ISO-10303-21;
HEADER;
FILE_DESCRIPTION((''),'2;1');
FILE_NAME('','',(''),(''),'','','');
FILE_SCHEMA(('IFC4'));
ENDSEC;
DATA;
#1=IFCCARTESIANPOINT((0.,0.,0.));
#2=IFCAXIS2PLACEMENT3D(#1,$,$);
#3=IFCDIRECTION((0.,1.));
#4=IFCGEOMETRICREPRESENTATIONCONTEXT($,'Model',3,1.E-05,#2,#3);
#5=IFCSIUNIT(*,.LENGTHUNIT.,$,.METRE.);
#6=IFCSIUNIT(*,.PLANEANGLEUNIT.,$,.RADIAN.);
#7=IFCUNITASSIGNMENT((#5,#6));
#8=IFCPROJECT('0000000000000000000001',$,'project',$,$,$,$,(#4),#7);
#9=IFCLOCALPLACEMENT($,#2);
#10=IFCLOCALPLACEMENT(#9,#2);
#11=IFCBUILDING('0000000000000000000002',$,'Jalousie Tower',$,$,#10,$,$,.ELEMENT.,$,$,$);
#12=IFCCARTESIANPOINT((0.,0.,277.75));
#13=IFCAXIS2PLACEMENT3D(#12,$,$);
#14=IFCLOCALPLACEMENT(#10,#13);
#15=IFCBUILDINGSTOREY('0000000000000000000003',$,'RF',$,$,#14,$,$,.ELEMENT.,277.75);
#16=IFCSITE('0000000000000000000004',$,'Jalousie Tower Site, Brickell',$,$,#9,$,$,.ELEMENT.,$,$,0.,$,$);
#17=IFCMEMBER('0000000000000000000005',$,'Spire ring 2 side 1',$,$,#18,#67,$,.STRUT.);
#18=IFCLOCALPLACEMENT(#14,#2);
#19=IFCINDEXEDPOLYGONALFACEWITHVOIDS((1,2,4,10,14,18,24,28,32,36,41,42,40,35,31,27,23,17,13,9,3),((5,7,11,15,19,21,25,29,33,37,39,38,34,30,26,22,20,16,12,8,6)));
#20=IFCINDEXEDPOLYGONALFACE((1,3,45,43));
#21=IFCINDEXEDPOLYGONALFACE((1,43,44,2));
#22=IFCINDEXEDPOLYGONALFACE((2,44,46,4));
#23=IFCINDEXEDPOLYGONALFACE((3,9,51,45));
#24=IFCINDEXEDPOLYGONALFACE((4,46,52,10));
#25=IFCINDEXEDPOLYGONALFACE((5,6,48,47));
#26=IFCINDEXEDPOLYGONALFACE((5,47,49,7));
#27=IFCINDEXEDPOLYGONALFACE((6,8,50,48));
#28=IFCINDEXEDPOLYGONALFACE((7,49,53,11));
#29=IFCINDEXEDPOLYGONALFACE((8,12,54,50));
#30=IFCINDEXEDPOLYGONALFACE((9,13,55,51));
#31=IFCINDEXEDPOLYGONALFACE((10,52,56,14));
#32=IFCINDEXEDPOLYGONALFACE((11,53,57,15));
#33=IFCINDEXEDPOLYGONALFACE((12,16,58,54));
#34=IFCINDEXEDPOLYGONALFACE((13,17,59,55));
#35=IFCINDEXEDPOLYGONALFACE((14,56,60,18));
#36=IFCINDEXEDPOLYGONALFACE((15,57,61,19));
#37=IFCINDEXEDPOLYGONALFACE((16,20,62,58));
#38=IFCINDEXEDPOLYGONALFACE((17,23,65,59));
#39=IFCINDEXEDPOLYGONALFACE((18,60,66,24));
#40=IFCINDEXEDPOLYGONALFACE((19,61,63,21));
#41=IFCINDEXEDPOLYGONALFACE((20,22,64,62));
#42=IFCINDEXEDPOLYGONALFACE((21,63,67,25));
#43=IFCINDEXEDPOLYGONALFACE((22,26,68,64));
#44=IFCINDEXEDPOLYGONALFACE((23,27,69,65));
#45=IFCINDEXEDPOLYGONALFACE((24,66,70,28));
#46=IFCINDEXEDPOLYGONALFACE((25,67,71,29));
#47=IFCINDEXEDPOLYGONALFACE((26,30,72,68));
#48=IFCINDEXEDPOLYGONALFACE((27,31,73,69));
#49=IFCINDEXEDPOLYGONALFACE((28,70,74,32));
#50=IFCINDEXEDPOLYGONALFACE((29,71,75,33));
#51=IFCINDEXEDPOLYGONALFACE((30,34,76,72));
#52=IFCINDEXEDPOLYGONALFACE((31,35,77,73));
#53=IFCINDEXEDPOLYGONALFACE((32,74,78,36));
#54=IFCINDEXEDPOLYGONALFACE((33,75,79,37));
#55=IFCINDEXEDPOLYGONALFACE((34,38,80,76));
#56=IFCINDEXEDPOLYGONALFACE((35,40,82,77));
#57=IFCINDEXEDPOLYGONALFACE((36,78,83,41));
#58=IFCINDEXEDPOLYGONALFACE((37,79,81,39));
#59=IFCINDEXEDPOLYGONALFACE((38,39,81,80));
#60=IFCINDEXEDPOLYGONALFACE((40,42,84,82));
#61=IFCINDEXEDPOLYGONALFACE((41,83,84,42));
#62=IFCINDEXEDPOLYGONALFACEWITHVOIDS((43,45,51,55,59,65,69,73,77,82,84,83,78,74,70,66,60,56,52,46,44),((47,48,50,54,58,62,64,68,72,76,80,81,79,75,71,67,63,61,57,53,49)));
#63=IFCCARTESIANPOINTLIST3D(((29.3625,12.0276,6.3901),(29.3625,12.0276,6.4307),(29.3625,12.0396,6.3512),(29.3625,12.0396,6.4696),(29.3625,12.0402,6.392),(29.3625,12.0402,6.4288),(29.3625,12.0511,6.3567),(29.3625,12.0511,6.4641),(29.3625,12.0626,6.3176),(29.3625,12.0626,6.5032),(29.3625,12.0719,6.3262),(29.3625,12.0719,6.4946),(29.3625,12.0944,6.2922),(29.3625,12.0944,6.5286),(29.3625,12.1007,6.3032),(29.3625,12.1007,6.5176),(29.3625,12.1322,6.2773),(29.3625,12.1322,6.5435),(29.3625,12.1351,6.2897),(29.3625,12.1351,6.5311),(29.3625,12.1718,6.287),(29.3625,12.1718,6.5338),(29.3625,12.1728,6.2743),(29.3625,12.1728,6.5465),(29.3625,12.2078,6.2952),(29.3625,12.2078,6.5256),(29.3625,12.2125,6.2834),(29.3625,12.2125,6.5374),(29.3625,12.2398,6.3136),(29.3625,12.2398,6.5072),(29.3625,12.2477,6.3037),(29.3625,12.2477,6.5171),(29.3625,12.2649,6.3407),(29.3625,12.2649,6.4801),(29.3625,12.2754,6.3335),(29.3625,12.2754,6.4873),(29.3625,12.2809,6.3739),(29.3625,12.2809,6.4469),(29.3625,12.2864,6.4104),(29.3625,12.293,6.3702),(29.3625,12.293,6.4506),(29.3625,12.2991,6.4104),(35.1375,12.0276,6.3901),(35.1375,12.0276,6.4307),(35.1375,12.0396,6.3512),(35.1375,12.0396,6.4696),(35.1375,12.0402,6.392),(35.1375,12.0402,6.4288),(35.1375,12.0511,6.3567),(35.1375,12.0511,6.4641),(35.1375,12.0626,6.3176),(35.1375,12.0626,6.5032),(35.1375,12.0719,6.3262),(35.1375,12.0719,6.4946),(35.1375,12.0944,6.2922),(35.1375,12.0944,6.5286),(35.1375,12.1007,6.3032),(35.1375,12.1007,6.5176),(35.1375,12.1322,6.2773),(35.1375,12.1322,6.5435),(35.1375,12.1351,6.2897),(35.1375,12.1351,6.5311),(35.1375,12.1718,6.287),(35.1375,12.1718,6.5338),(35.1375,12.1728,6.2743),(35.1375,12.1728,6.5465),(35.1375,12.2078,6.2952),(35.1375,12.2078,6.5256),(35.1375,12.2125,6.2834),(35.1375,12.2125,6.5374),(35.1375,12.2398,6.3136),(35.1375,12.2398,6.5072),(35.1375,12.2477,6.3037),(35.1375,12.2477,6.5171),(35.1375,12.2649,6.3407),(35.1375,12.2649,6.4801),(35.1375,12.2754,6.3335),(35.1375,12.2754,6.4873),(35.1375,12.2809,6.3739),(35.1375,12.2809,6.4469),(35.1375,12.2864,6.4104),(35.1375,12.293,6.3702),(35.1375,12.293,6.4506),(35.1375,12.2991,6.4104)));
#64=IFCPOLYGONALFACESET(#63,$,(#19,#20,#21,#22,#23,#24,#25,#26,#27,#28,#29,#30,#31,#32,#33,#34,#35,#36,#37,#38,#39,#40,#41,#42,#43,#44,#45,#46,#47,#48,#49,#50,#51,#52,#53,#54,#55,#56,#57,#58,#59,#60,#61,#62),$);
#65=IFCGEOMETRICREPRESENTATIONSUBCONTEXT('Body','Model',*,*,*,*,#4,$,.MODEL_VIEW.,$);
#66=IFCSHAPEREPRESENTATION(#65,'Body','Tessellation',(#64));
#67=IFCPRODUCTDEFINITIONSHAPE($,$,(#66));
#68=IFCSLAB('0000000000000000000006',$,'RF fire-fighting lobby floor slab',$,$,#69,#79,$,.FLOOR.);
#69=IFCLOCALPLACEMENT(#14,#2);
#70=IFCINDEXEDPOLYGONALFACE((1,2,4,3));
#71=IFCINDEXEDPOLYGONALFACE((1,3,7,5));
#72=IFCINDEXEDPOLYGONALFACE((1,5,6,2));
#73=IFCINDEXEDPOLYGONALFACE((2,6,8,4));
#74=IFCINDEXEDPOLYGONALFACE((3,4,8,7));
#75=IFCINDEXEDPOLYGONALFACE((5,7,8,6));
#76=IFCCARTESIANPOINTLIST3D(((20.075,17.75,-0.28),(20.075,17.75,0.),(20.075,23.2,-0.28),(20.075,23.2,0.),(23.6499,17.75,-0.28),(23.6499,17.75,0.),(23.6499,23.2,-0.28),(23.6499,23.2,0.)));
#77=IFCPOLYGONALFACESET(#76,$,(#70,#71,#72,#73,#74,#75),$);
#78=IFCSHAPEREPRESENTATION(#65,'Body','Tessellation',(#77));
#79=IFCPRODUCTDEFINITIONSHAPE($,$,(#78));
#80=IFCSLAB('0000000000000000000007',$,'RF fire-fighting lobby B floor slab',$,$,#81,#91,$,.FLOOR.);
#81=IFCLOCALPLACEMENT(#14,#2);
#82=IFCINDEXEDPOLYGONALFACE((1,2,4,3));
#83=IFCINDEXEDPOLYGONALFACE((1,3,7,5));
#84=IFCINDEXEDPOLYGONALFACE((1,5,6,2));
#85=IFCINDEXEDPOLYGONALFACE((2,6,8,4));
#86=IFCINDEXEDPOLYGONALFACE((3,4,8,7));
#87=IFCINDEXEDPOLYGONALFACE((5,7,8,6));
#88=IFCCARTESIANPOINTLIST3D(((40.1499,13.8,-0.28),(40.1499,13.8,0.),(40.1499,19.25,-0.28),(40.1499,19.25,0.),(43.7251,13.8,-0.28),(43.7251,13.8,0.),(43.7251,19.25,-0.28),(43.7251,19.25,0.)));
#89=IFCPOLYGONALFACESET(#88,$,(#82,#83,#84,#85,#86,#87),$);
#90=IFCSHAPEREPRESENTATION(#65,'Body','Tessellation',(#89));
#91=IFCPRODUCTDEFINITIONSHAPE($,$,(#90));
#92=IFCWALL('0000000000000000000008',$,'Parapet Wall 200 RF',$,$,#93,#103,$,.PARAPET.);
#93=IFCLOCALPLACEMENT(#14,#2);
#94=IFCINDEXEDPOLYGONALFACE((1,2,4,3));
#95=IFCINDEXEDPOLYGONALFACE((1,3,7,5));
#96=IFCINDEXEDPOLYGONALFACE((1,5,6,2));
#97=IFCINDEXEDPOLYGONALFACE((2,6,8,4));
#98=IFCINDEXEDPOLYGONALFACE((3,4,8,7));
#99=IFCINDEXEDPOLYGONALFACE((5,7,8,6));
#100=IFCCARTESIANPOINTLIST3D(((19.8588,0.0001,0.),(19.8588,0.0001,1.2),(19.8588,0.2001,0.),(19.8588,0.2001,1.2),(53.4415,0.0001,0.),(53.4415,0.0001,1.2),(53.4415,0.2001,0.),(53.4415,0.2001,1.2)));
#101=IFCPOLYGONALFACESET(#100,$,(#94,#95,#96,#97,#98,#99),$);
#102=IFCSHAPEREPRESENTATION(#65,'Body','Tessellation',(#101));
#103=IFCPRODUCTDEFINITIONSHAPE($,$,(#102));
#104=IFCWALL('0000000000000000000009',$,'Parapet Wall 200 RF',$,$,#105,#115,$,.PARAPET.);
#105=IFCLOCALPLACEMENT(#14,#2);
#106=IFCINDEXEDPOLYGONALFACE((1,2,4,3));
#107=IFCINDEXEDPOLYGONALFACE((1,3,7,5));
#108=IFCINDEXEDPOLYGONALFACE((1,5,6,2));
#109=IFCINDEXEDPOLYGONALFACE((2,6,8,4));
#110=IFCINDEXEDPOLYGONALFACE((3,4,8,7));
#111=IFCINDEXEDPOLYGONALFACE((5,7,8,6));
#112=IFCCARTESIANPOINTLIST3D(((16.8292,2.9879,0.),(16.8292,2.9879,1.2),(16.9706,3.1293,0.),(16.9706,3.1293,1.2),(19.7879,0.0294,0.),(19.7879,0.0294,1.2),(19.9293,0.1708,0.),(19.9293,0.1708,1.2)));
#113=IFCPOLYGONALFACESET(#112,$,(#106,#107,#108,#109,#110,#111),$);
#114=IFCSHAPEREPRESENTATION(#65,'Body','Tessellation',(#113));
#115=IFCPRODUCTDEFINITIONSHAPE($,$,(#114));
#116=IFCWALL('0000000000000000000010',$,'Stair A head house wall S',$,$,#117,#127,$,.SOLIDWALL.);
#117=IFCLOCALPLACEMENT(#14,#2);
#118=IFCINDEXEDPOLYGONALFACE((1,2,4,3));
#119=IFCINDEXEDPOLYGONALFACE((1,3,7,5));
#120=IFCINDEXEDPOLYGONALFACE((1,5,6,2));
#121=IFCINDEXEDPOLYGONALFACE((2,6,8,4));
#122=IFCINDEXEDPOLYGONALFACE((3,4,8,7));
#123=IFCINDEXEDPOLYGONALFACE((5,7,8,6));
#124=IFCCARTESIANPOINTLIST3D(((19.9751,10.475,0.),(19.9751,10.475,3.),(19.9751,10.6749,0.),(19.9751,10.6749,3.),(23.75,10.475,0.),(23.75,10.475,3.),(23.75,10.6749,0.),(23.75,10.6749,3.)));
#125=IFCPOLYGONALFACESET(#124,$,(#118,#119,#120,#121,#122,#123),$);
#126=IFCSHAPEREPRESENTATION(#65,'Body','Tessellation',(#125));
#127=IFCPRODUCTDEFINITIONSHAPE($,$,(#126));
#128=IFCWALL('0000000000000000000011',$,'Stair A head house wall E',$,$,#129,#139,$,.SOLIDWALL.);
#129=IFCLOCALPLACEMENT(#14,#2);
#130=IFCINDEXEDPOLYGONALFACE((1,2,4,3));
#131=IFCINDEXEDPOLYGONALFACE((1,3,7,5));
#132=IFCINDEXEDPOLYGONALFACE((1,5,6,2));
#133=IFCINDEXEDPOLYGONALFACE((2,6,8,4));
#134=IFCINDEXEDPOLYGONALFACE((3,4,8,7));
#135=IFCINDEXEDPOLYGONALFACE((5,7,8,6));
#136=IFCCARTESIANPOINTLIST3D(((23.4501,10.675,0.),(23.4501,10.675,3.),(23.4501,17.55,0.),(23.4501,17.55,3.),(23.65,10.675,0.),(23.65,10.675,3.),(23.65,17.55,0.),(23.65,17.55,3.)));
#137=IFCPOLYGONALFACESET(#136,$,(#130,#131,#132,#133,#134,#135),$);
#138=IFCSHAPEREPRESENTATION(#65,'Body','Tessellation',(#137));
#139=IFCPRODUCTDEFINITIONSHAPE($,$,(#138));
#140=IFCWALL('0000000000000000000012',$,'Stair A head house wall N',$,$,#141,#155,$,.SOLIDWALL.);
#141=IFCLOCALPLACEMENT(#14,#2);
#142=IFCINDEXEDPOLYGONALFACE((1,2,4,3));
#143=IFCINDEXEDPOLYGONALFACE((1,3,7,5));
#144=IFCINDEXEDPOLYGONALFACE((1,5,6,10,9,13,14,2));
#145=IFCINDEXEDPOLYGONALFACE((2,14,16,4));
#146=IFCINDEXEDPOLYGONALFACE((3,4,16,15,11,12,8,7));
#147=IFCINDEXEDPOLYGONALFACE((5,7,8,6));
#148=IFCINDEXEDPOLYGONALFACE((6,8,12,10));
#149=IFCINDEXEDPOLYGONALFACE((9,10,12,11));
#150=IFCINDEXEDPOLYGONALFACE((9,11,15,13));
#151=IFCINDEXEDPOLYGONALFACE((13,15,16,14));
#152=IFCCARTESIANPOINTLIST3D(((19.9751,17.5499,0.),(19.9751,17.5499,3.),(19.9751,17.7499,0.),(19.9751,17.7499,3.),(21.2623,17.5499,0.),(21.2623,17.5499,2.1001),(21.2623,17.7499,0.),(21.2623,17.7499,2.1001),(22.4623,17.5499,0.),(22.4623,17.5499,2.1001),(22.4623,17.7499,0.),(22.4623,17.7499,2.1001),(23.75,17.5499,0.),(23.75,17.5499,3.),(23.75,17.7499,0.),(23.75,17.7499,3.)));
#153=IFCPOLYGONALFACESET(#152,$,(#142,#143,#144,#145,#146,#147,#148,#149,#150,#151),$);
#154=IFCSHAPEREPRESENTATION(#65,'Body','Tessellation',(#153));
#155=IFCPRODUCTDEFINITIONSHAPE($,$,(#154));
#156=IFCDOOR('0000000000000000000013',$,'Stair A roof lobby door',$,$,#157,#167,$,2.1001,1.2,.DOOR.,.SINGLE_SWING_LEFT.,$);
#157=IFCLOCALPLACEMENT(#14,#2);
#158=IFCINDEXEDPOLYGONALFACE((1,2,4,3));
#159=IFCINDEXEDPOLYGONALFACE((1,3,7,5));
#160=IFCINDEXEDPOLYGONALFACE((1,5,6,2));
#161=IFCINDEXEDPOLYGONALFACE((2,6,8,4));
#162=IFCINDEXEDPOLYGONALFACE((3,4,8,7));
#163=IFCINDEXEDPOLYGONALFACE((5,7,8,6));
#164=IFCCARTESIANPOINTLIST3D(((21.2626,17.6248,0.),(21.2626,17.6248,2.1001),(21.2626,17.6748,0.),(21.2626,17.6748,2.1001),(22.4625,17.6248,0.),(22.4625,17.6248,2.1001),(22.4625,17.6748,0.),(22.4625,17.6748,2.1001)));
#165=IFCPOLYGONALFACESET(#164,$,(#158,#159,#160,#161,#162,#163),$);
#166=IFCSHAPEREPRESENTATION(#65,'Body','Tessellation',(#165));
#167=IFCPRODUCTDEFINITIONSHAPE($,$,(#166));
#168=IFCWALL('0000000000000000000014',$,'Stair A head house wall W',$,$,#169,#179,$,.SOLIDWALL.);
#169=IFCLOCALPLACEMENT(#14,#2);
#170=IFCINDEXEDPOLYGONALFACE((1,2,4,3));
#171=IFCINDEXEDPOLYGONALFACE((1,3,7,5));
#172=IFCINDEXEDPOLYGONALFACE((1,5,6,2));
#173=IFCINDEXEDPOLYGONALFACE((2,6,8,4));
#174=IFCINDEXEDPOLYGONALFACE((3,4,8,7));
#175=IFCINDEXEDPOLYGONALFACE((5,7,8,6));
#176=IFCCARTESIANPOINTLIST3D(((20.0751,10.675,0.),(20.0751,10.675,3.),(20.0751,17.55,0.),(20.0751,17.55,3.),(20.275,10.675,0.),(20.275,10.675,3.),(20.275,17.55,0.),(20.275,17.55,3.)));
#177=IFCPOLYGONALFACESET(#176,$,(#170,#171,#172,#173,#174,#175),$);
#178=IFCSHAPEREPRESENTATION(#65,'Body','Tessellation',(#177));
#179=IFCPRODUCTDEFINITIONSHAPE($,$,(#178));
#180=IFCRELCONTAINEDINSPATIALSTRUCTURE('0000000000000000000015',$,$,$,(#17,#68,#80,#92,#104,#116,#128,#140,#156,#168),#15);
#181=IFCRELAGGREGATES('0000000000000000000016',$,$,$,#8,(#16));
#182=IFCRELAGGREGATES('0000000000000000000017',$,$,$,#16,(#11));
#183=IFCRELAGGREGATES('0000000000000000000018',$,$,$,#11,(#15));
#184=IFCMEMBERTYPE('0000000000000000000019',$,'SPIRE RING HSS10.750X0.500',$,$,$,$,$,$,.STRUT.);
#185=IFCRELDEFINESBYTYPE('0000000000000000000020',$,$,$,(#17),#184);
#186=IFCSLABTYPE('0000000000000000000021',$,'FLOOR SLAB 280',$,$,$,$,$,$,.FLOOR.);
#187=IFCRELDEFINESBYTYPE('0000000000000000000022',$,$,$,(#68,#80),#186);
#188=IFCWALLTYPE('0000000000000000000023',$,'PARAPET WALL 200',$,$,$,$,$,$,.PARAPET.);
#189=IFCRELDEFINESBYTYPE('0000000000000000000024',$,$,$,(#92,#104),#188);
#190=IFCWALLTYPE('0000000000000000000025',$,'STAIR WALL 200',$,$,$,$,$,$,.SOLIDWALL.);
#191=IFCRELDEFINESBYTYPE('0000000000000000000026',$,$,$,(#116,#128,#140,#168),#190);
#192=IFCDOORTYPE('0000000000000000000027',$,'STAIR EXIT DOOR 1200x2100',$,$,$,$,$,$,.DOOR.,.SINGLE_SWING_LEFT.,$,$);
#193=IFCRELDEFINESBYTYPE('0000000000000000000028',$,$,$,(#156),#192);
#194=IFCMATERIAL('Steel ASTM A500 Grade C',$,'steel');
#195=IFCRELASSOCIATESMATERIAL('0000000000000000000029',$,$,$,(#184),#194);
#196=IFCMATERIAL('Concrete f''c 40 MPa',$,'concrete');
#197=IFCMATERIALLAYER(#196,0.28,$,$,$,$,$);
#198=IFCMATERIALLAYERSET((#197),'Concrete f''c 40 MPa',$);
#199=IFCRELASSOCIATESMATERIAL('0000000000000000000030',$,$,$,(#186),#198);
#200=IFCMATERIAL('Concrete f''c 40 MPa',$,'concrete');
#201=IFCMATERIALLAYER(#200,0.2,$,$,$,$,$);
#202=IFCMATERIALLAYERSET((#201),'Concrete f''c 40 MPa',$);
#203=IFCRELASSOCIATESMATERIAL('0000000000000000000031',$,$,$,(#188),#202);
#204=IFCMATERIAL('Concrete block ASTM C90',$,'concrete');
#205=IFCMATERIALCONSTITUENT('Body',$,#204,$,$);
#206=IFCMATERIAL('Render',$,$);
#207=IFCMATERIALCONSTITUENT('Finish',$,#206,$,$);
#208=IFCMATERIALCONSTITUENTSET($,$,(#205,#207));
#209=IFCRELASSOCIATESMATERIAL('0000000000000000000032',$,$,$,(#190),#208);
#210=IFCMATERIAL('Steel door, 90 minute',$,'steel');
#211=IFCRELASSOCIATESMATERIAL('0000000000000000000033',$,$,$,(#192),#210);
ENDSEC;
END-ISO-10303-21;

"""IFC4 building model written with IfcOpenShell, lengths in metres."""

from ifc_helpers import new_model, si_unit, direction, frame, frame_2d, origin, origin_2d, place, context, subcontext, project, spatial, polyline, rectangle, hollow_circle, outline, extrude, material, layer, layer_set, constituent, constituent_set, material_profile, profile_set, type_object, element, fill, save


model = new_model("IFC4")

# Units and contexts
model_context = context("Model", 3, precision=1e-05, world=origin(), true_north=direction((0.0, 1.0)))
body_context = subcontext(model_context, "Body", "Model", "MODEL_VIEW")
ifc_project = project(units=[si_unit("LENGTHUNIT", "METRE"), si_unit("PLANEANGLEUNIT", "RADIAN")], contexts=[model_context])

# Site, building, storey
site_placement = place(None, origin())
site = spatial("IfcSite", under=ifc_project, at=site_placement, Name="Jalousie Tower Site, Brickell", CompositionType="ELEMENT", RefElevation=0.0)
building_placement = place(site_placement, origin())
building = spatial("IfcBuilding", under=site, at=building_placement, Name="Jalousie Tower", CompositionType="ELEMENT")
storey_placement = place(building_placement, frame((0.0, 0.0, 277.75)))
storey = spatial("IfcBuildingStorey", under=building, at=storey_placement, Name="RF", CompositionType="ELEMENT", Elevation=277.75)

# Member
ifc_material_1 = material(Name="Steel ASTM A500 Grade C", Category="steel")
ifc_material_profile_1 = material_profile(ifc_material_1, hollow_circle(Radius=0.1365, WallThickness=0.0127, at=origin_2d()), Name="HSS10.750X0.500")
ifc_profile_set_1 = profile_set([ifc_material_profile_1], Name="Steel ASTM A500 Grade C")
member_type_1 = type_object("IfcMemberType", Name="SPIRE RING HSS10.750X0.500", PredefinedType="STRUT", material=ifc_profile_set_1)
member_1_placement = place(storey_placement, frame((29.3625, 12.1626, 6.4104), z_axis=(1.0, 0.0, 0.0), x_axis=(0.0, 1.0, 0.0)))
element("IfcMember", 1, at=member_1_placement, inside=storey, type_object=member_type_1, Name="Spire ring 2 side 1", PredefinedType="STRUT", context=body_context, shape_type="SweptSolid", body=[
    extrude(hollow_circle(Radius=0.1365, WallThickness=0.0127, at=origin_2d()), origin(), (0.0, 0.0, 1.0), 5.7749),
])

# Slabs
ifc_material_2 = material(Name="Concrete f'c 40 MPa", Category="concrete")
ifc_layer_1 = layer(ifc_material_2, 0.28)
ifc_layer_set_1 = layer_set([ifc_layer_1], Name="Concrete f'c 40 MPa")
slab_type_1 = type_object("IfcSlabType", Name="FLOOR SLAB 280", PredefinedType="FLOOR", material=ifc_layer_set_1)
slab_1_placement = place(storey_placement, frame((0.0, 0.0, -0.28)))
element("IfcSlab", 2, at=slab_1_placement, inside=storey, type_object=slab_type_1, Name="RF fire-fighting lobby floor slab", PredefinedType="FLOOR", context=body_context, shape_type="SweptSolid", body=[
    extrude(outline(polyline([(20.075, 17.75), (23.6499, 17.75), (23.6499, 23.2), (20.075, 23.2), (20.075, 17.75)])), origin(), (0.0, 0.0, 1.0), 0.28),
])
slab_2_placement = place(storey_placement, frame((0.0, 0.0, -0.28)))
element("IfcSlab", 3, at=slab_2_placement, inside=storey, type_object=slab_type_1, Name="RF fire-fighting lobby B floor slab", PredefinedType="FLOOR", context=body_context, shape_type="SweptSolid", body=[
    extrude(outline(polyline([(40.1499, 13.8), (43.7251, 13.8), (43.7251, 19.25), (40.1499, 19.25), (40.1499, 13.8)])), origin(), (0.0, 0.0, 1.0), 0.28),
])

# Walls
ifc_material_3 = material(Name="Concrete f'c 40 MPa", Category="concrete")
ifc_layer_2 = layer(ifc_material_3, 0.2)
ifc_layer_set_2 = layer_set([ifc_layer_2], Name="Concrete f'c 40 MPa")
wall_type_1 = type_object("IfcWallType", Name="PARAPET WALL 200", PredefinedType="PARAPET", material=ifc_layer_set_2)
wall_1_placement = place(storey_placement, frame((19.8586, 0.1001, 0.0), z_axis=(0.0, 0.0, 1.0), x_axis=(1.0, 0.0, 0.0)))
element("IfcWall", 4, at=wall_1_placement, inside=storey, type_object=wall_type_1, Name="Parapet Wall 200 RF", PredefinedType="PARAPET", context=body_context, shape_type="SweptSolid", body=[
    extrude(rectangle(XDim=33.5828, YDim=0.2, at=frame_2d((16.7915, 0.0))), origin(), (0.0, 0.0, 1.0), 1.2),
])
wall_2_placement = place(storey_placement, frame((16.8999, 3.0586, 0.0), z_axis=(0.0, 0.0, 1.0), x_axis=(0.707136, -0.707078, 0.0)))
element("IfcWall", 5, at=wall_2_placement, inside=storey, type_object=wall_type_1, Name="Parapet Wall 200 RF", PredefinedType="PARAPET", context=body_context, shape_type="SweptSolid", body=[
    extrude(rectangle(XDim=4.1841, YDim=0.2, at=frame_2d((2.092, 0.0))), origin(), (0.0, 0.0, 1.0), 1.2),
])
ifc_material_4 = material(Name="Concrete block ASTM C90", Category="concrete")
ifc_constituent_1 = constituent(ifc_material_4, Name="Body")
ifc_material_5 = material(Name="Render")
ifc_constituent_2 = constituent(ifc_material_5, Name="Finish")
ifc_constituent_set = constituent_set(constituents=[ifc_constituent_1, ifc_constituent_2])
wall_type_2 = type_object("IfcWallType", Name="STAIR WALL 200", PredefinedType="SOLIDWALL", material=ifc_constituent_set)
wall_3_placement = place(storey_placement, frame((19.9751, 10.575, 0.0), z_axis=(0.0, 0.0, 1.0), x_axis=(1.0, 0.0, 0.0)))
element("IfcWall", 6, at=wall_3_placement, inside=storey, type_object=wall_type_2, Name="Stair A head house wall S", PredefinedType="SOLIDWALL", context=body_context, shape_type="SweptSolid", body=[
    extrude(rectangle(XDim=3.7749, YDim=0.2, at=frame_2d((1.8875, 0.0))), origin(), (0.0, 0.0, 1.0), 3.0),
])
wall_4_placement = place(storey_placement, frame((23.55, 10.675, 0.0), z_axis=(0.0, 0.0, 1.0), x_axis=(0.0, 1.0, 0.0)))
element("IfcWall", 7, at=wall_4_placement, inside=storey, type_object=wall_type_2, Name="Stair A head house wall E", PredefinedType="SOLIDWALL", context=body_context, shape_type="SweptSolid", body=[
    extrude(rectangle(XDim=6.875, YDim=0.2, at=frame_2d((3.4375, 0.0))), origin(), (0.0, 0.0, 1.0), 3.0),
])

# Wall, opening, door
wall_5_placement = place(storey_placement, frame((23.75, 17.6499, 0.0), z_axis=(0.0, 0.0, 1.0), x_axis=(-1.0, 0.0, 0.0)))
wall_5 = element("IfcWall", 8, at=wall_5_placement, inside=storey, type_object=wall_type_2, Name="Stair A head house wall N", PredefinedType="SOLIDWALL", context=body_context, shape_type="SweptSolid", body=[
    extrude(rectangle(XDim=3.7749, YDim=0.2, at=frame_2d((1.8875, 0.0))), origin(), (0.0, 0.0, 1.0), 3.0),
])
opening_1_placement = place(wall_5_placement, frame((1.2876, 0.0, 0.0)))
opening_1 = element("IfcOpeningElement", 9, at=opening_1_placement, cuts=wall_5, PredefinedType="OPENING", context=body_context, shape_type="SweptSolid", body=[
    extrude(rectangle(XDim=1.2, YDim=2.1001, at=frame_2d((0.6001, 1.05))), frame((0.0, 0.1099, 0.0), z_axis=(0.0, -1.0, 0.0), x_axis=(1.0, 0.0, 0.0)), (0.0, 0.0, 1.0), 0.22),
])
ifc_material_6 = material(Name="Steel door, 90 minute", Category="steel")
door_type = type_object("IfcDoorType", Name="STAIR EXIT DOOR 1200x2100", OperationType="SINGLE_SWING_LEFT", PredefinedType="DOOR", material=ifc_material_6)
door_1_placement = place(opening_1_placement, frame((1.2, 0.0, 0.0), z_axis=(0.0, 0.0, 1.0), x_axis=(-1.0, 0.0, 0.0)))
door_1 = element("IfcDoor", 10, at=door_1_placement, inside=storey, type_object=door_type, Name="Stair A roof lobby door", OperationType="SINGLE_SWING_LEFT", OverallHeight=2.1001, OverallWidth=1.2, PredefinedType="DOOR", context=body_context, shape_type="SweptSolid", body=[
    extrude(rectangle(XDim=1.2, YDim=2.1001, at=frame_2d((0.6001, 1.05))), frame((0.0, 0.0249, 0.0), z_axis=(0.0, -1.0, 0.0), x_axis=(1.0, 0.0, 0.0)), (0.0, 0.0, 1.0), 0.05),
])
fill(opening_1, door_1)

# Wall
wall_6_placement = place(storey_placement, frame((20.175, 17.55, 0.0), z_axis=(0.0, 0.0, 1.0), x_axis=(0.0, -1.0, 0.0)))
element("IfcWall", 11, at=wall_6_placement, inside=storey, type_object=wall_type_2, Name="Stair A head house wall W", PredefinedType="SOLIDWALL", context=body_context, shape_type="SweptSolid", body=[
    extrude(rectangle(XDim=6.875, YDim=0.2, at=frame_2d((3.4375, 0.0))), origin(), (0.0, 0.0, 1.0), 3.0),
])

save(model, "model.ifc")
